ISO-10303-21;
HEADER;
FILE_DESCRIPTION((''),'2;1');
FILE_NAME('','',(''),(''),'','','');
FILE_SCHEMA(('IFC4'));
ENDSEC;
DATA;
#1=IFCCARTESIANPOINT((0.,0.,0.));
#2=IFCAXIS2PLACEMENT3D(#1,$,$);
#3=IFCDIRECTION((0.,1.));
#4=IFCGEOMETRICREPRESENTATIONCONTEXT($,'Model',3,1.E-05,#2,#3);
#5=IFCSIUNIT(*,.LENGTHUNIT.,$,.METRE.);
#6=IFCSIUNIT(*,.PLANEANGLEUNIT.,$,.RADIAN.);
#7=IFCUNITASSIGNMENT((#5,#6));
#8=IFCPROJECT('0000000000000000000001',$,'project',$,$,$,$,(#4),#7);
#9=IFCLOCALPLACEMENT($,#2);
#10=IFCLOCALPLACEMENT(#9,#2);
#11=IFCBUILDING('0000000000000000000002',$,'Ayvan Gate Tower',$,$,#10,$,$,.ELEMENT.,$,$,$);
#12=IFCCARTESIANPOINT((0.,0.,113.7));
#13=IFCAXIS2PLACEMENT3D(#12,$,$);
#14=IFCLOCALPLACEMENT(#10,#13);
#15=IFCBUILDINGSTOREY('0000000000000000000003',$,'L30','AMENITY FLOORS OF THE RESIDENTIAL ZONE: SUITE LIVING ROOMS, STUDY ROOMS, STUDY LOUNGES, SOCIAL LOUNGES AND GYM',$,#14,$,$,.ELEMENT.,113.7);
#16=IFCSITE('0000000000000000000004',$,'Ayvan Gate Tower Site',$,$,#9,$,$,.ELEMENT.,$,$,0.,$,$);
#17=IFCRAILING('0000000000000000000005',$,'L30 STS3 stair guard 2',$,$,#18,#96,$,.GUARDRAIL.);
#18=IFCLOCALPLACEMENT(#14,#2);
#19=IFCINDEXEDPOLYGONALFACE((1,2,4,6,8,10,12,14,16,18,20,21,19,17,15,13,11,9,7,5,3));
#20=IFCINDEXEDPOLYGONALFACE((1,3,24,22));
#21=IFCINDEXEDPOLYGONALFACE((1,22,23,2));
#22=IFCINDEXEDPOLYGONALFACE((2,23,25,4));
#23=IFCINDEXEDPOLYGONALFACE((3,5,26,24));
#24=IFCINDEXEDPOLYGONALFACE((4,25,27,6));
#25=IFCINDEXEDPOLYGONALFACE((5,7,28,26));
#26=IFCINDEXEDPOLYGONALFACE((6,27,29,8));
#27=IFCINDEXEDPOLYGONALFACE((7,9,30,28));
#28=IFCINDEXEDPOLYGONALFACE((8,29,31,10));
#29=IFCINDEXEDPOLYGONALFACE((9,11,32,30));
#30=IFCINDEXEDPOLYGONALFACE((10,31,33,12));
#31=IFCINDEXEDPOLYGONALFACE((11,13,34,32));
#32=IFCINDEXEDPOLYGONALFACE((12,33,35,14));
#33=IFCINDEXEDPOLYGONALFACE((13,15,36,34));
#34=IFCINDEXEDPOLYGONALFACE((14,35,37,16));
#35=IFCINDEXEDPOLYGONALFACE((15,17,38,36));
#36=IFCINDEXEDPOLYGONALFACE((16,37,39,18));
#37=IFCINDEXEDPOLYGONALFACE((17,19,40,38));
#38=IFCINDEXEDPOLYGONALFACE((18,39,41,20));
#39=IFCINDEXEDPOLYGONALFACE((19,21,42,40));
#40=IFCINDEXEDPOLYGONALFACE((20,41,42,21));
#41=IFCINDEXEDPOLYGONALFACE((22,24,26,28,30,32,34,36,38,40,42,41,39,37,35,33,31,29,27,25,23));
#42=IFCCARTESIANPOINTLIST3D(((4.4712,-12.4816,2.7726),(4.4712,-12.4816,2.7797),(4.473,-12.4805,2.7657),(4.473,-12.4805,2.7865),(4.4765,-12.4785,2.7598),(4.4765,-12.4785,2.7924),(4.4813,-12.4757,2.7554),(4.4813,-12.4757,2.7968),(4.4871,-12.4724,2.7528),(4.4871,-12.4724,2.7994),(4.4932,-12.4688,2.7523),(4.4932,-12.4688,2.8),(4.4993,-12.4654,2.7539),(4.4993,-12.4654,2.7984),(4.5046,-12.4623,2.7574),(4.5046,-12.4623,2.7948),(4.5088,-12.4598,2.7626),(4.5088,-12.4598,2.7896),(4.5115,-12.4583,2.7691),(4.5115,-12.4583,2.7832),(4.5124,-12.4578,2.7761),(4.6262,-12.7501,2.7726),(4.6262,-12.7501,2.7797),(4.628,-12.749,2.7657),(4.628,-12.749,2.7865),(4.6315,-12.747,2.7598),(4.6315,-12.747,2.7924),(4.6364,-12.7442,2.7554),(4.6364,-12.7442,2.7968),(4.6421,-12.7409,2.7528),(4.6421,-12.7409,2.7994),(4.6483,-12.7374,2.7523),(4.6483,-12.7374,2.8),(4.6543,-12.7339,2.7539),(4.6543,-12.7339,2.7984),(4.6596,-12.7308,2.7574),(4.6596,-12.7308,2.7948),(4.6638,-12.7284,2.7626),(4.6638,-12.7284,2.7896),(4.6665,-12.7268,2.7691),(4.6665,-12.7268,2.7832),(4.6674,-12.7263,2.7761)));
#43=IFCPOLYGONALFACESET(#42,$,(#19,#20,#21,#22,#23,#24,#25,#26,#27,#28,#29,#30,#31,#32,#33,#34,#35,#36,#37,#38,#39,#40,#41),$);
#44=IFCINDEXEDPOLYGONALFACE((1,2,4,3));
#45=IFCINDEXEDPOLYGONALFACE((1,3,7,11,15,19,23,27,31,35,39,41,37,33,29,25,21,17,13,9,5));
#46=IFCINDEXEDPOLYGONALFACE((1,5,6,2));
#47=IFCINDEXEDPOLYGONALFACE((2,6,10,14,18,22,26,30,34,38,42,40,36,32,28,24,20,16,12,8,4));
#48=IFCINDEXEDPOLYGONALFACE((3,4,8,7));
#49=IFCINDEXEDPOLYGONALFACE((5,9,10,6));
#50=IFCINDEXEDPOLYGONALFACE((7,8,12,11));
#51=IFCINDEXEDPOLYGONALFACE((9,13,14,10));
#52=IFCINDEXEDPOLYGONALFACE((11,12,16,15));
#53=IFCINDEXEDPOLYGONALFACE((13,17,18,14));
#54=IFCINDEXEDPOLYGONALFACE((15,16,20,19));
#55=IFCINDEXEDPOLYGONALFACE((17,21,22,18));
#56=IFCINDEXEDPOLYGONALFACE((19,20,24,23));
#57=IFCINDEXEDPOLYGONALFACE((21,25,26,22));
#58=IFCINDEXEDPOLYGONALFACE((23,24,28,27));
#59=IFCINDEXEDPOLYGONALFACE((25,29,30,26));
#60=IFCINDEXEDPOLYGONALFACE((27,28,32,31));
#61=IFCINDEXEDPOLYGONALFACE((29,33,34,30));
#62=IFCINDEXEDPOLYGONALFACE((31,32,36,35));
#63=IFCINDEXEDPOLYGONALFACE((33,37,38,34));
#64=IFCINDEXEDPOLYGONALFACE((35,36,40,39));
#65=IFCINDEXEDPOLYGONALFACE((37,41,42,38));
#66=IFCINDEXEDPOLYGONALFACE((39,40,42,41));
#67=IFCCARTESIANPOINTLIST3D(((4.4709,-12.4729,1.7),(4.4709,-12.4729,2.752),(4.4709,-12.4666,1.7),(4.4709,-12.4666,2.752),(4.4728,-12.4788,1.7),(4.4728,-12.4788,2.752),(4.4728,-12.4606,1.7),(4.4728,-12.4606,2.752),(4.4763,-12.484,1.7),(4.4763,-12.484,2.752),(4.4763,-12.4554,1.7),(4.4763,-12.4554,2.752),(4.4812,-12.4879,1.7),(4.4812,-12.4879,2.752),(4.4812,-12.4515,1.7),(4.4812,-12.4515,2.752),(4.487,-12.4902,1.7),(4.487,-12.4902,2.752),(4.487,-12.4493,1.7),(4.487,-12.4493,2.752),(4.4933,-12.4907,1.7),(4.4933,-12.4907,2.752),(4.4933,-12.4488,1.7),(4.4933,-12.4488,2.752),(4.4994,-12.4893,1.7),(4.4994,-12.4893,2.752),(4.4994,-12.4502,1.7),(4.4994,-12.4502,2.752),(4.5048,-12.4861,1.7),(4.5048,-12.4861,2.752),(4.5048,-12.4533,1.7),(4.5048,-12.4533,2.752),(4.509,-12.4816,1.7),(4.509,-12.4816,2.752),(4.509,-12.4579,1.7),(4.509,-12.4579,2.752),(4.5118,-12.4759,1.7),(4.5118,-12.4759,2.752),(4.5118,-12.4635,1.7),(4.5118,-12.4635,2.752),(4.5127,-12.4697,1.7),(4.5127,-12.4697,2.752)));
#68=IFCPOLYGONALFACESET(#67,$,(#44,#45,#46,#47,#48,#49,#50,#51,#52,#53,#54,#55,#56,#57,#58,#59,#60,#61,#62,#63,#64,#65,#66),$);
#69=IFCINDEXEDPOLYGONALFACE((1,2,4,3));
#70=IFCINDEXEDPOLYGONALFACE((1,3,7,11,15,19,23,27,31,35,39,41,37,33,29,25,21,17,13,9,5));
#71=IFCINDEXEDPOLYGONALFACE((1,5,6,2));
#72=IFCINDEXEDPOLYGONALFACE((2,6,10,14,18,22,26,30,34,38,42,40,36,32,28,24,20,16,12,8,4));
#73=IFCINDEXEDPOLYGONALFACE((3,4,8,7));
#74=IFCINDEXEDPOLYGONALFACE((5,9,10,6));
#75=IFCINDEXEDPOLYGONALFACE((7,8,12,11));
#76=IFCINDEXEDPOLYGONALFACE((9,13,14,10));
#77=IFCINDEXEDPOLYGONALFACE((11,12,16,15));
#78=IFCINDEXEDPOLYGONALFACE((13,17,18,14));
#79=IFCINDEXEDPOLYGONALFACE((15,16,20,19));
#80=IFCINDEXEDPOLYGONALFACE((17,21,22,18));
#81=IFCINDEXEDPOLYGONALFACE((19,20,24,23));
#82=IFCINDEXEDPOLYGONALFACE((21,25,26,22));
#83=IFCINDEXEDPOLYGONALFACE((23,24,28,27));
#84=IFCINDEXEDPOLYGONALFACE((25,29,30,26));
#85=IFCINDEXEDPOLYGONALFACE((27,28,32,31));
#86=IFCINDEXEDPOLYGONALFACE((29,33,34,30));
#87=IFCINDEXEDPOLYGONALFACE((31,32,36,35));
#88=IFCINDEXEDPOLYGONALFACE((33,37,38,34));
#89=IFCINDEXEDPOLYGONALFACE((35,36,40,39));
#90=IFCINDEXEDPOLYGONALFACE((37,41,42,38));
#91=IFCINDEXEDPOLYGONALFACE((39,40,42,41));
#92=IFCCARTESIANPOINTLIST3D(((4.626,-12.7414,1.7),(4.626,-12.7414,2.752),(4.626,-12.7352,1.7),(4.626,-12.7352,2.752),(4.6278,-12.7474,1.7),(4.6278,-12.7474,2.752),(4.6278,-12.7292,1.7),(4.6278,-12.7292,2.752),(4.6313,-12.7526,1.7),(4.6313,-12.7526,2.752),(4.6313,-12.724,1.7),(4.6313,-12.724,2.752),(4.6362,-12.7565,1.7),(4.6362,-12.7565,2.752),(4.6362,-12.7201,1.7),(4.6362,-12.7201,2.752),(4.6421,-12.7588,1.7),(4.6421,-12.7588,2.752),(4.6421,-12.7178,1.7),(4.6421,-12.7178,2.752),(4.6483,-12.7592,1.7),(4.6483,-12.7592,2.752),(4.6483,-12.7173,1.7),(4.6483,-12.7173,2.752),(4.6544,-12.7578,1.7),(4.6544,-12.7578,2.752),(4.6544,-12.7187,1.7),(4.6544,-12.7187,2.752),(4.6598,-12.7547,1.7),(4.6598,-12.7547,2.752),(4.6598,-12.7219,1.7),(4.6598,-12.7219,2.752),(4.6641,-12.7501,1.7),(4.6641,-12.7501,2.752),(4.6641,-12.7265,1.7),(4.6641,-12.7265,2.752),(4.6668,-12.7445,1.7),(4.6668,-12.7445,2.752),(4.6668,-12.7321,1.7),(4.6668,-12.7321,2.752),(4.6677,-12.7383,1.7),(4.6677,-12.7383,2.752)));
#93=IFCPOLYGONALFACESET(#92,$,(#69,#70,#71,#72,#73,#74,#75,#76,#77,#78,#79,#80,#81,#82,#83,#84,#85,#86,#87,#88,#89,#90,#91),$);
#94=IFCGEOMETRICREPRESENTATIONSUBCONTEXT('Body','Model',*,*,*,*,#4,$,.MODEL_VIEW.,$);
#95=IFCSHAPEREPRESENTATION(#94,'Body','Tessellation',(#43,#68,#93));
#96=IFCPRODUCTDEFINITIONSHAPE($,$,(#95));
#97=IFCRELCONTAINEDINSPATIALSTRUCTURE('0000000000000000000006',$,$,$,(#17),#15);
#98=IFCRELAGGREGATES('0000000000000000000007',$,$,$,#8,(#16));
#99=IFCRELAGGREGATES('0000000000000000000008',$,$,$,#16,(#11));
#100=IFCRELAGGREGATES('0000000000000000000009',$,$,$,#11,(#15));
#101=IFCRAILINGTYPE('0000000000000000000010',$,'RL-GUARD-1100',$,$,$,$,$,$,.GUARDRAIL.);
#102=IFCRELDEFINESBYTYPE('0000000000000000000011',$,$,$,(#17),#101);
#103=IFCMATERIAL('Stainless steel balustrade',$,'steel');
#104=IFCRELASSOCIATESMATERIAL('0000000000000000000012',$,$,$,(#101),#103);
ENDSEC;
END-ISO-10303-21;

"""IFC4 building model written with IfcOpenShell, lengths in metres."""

from ifc_helpers import new_model, si_unit, direction, frame, origin, origin_2d, place, context, subcontext, project, spatial, circle, extrude, material, type_object, element, save


model = new_model("IFC4")

# Units and contexts
model_context = context("Model", 3, precision=1e-05, world=origin(), true_north=direction((0.0, 1.0)))
body_context = subcontext(model_context, "Body", "Model", "MODEL_VIEW")
ifc_project = project(units=[si_unit("LENGTHUNIT", "METRE"), si_unit("PLANEANGLEUNIT", "RADIAN")], contexts=[model_context])

# Site, building, storey
site_placement = place(None, origin())
site = spatial("IfcSite", under=ifc_project, at=site_placement, Name="Ayvan Gate Tower Site", CompositionType="ELEMENT", RefElevation=0.0)
building_placement = place(site_placement, origin())
building = spatial("IfcBuilding", under=site, at=building_placement, Name="Ayvan Gate Tower", CompositionType="ELEMENT")
storey_placement = place(building_placement, frame((0.0, 0.0, 113.7)))
storey = spatial("IfcBuildingStorey", under=building, at=storey_placement, Name="L30", Description="AMENITY FLOORS OF THE RESIDENTIAL ZONE: SUITE LIVING ROOMS, STUDY ROOMS, STUDY LOUNGES, SOCIAL LOUNGES AND GYM", CompositionType="ELEMENT", Elevation=113.7)

# Railing
ifc_material_1 = material(Name="Stainless steel balustrade", Category="steel")
railing_type_1 = type_object("IfcRailingType", Name="RL-GUARD-1100", PredefinedType="GUARDRAIL", material=ifc_material_1)
railing_1_placement = place(storey_placement, frame((4.4917, -12.4697, 1.7)))
element("IfcRailing", 1, at=railing_1_placement, inside=storey, type_object=railing_type_1, Name="L30 STS3 stair guard 2", PredefinedType="GUARDRAIL", context=body_context, shape_type="SweptSolid", body=[
    extrude(circle(Radius=0.0239, at=origin_2d()), frame((0.0, 0.0, 1.0762), z_axis=(0.49995, -0.866054, 0.0), x_axis=(0.866054, 0.49995, 0.0)), (0.0, 0.0, 1.0), 0.3101),
    extrude(circle(Radius=0.021, at=origin_2d()), origin(), (0.0, 0.0, 1.0), 1.052),
    extrude(circle(Radius=0.021, at=origin_2d()), frame((0.155, -0.2686, 0.0)), (0.0, 0.0, 1.0), 1.052),
])

save(model, "model.ifc")
